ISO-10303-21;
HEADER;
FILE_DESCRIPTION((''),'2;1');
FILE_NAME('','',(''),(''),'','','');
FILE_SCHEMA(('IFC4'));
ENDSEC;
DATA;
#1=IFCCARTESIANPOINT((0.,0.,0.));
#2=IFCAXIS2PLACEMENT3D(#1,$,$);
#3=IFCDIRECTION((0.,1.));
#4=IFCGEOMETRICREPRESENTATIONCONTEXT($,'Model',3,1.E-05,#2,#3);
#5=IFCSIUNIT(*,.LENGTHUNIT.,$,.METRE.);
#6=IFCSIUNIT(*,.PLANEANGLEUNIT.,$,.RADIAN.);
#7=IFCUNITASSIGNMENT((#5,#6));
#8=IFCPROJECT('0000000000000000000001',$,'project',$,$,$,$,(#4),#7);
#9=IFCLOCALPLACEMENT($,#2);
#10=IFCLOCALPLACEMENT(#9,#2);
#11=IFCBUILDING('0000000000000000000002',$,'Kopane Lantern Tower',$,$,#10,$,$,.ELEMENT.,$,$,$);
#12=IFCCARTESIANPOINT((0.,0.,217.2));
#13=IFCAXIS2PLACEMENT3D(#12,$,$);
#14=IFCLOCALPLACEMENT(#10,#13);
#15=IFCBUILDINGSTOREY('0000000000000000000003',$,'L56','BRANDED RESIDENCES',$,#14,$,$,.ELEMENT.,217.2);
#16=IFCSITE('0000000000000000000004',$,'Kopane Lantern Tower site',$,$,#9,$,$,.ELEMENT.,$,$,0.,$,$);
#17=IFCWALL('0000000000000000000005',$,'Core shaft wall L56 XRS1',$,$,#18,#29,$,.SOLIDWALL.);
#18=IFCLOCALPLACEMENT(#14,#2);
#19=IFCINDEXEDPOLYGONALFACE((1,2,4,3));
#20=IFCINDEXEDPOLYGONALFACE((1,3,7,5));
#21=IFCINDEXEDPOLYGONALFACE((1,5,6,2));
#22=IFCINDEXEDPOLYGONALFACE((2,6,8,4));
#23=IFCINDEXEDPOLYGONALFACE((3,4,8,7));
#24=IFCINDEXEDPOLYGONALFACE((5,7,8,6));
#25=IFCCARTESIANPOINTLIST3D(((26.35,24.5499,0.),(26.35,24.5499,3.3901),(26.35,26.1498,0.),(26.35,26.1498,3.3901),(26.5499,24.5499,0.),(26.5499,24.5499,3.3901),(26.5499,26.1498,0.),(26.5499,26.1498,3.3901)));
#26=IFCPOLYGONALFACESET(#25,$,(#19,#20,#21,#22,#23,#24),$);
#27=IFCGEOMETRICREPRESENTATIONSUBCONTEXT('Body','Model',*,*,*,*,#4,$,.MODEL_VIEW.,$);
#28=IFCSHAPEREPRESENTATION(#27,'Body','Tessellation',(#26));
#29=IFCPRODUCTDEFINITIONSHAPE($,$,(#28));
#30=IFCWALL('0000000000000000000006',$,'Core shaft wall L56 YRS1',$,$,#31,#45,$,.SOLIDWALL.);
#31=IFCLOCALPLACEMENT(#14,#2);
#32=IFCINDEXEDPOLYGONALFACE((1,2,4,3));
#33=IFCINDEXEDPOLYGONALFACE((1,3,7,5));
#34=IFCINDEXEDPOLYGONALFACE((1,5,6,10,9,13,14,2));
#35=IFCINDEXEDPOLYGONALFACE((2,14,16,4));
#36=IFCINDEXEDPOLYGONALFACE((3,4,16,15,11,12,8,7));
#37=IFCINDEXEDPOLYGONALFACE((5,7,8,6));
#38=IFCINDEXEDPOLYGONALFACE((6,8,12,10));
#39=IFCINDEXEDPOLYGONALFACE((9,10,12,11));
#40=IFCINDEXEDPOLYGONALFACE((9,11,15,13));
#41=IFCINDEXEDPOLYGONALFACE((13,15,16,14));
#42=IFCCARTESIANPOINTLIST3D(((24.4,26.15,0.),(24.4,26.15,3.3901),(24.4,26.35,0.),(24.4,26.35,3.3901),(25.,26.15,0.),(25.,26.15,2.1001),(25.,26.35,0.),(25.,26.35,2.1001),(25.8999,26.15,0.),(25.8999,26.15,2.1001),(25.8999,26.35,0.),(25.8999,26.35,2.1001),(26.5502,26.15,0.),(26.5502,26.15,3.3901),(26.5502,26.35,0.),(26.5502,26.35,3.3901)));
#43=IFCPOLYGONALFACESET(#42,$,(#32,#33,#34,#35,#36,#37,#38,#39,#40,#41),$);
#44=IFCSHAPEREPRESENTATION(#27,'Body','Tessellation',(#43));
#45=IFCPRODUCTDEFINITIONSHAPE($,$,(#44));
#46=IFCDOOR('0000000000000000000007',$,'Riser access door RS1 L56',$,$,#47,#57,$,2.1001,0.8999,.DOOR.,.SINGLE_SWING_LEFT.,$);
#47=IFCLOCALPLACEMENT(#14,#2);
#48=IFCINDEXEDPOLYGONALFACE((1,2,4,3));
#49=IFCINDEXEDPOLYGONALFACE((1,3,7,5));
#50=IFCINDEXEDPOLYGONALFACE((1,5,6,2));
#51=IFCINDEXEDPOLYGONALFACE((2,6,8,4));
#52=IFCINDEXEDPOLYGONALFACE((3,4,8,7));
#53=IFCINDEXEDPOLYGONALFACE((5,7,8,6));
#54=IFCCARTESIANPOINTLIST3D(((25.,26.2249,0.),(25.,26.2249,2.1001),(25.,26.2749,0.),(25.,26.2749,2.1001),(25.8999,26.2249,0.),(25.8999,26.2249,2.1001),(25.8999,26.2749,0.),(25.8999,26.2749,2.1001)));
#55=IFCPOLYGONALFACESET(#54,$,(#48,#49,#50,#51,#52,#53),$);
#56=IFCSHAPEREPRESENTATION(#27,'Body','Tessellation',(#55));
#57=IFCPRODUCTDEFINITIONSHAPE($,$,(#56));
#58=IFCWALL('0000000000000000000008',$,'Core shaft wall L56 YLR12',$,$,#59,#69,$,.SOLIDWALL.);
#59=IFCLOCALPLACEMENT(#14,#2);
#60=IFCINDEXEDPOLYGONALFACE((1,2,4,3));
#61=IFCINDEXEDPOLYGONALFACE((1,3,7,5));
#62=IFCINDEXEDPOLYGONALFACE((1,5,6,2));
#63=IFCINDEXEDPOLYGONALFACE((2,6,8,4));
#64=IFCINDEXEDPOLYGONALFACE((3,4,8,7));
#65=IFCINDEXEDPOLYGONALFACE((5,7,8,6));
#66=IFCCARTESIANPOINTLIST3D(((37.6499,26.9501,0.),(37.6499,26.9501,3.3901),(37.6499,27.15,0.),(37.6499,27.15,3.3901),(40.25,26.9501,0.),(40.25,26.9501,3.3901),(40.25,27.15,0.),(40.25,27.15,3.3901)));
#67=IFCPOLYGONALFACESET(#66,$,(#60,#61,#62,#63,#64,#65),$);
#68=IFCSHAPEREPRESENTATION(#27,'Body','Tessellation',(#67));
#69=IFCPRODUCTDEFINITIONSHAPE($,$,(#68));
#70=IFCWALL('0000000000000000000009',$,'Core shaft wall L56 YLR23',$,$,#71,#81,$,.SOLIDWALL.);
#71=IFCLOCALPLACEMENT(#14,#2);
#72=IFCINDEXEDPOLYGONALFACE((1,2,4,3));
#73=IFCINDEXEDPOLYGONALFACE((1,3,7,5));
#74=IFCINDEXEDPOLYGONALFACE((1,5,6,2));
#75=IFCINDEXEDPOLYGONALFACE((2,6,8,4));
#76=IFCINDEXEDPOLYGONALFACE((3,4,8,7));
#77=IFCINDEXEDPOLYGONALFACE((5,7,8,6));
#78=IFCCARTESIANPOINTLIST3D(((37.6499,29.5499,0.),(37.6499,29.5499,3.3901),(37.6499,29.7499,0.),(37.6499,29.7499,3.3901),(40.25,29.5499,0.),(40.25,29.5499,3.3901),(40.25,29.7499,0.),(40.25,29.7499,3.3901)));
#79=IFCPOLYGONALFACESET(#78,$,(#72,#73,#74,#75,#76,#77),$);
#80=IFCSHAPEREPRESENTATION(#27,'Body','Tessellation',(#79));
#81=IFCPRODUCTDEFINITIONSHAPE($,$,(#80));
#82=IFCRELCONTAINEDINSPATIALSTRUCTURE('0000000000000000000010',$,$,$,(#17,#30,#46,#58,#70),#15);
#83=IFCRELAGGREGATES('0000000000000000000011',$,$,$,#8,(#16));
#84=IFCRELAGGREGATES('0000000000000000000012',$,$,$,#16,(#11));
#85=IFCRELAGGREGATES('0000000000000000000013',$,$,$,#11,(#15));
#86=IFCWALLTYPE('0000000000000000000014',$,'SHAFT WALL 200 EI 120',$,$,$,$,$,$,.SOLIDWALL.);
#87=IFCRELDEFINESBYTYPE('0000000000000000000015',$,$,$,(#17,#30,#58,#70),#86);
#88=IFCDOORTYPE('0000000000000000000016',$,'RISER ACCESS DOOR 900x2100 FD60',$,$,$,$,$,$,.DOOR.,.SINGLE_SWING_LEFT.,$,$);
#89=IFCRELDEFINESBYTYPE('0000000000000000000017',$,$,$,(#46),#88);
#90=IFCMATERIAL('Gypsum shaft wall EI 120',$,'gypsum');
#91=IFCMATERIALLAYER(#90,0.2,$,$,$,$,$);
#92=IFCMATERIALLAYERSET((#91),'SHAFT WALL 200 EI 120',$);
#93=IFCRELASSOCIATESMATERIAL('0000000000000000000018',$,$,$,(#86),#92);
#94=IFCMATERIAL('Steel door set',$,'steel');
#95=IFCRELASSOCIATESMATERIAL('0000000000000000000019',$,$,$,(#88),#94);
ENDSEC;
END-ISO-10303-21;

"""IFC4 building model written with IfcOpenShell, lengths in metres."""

from ifc_helpers import new_model, si_unit, direction, frame, frame_2d, origin, place, context, subcontext, project, spatial, rectangle, extrude, material, layer, layer_set, type_object, element, fill, save


model = new_model("IFC4")

# Units and contexts
model_context = context("Model", 3, precision=1e-05, world=origin(), true_north=direction((0.0, 1.0)))
body_context = subcontext(model_context, "Body", "Model", "MODEL_VIEW")
ifc_project = project(units=[si_unit("LENGTHUNIT", "METRE"), si_unit("PLANEANGLEUNIT", "RADIAN")], contexts=[model_context])

# Site, building, storey
site_placement = place(None, origin())
site = spatial("IfcSite", under=ifc_project, at=site_placement, Name="Kopane Lantern Tower site", CompositionType="ELEMENT", RefElevation=0.0)
building_placement = place(site_placement, origin())
building = spatial("IfcBuilding", under=site, at=building_placement, Name="Kopane Lantern Tower", CompositionType="ELEMENT")
storey_placement = place(building_placement, frame((0.0, 0.0, 217.2)))
storey = spatial("IfcBuildingStorey", under=building, at=storey_placement, Name="L56", Description="BRANDED RESIDENCES", CompositionType="ELEMENT", Elevation=217.2)

# Wall
ifc_material_1 = material(Name="Gypsum shaft wall EI 120", Category="gypsum")
ifc_layer_1 = layer(ifc_material_1, 0.2)
ifc_layer_set_1 = layer_set([ifc_layer_1], Name="SHAFT WALL 200 EI 120")
wall_type_1 = type_object("IfcWallType", Name="SHAFT WALL 200 EI 120", PredefinedType="SOLIDWALL", material=ifc_layer_set_1)
wall_1_placement = place(storey_placement, frame((26.45, 24.55, 0.0), z_axis=(0.0, 0.0, 1.0), x_axis=(0.0, 1.0, 0.0)))
element("IfcWall", 1, at=wall_1_placement, inside=storey, type_object=wall_type_1, Name="Core shaft wall L56 XRS1", PredefinedType="SOLIDWALL", context=body_context, shape_type="SweptSolid", body=[
    extrude(rectangle(XDim=1.5999, YDim=0.2, at=frame_2d((0.7998, 0.0))), origin(), (0.0, 0.0, 1.0), 3.3901),
])

# Wall, opening, door
wall_2_placement = place(storey_placement, frame((24.3999, 26.25, 0.0), z_axis=(0.0, 0.0, 1.0), x_axis=(1.0, 0.0, 0.0)))
wall_2 = element("IfcWall", 2, at=wall_2_placement, inside=storey, type_object=wall_type_1, Name="Core shaft wall L56 YRS1", PredefinedType="SOLIDWALL", context=body_context, shape_type="SweptSolid", body=[
    extrude(rectangle(XDim=2.1501, YDim=0.2, at=frame_2d((1.0752, 0.0))), origin(), (0.0, 0.0, 1.0), 3.3901),
])
opening_1_placement = place(wall_2_placement, frame((0.6001, 0.0, 0.0)))
opening_1 = element("IfcOpeningElement", 3, at=opening_1_placement, cuts=wall_2, PredefinedType="OPENING", context=body_context, shape_type="SweptSolid", body=[
    extrude(rectangle(XDim=0.8999, YDim=2.1001, at=frame_2d((0.45, 1.05))), frame((0.0, 0.1099, 0.0), z_axis=(0.0, -1.0, 0.0), x_axis=(1.0, 0.0, 0.0)), (0.0, 0.0, 1.0), 0.22),
])
ifc_material_2 = material(Name="Steel door set", Category="steel")
door_type_1 = type_object("IfcDoorType", Name="RISER ACCESS DOOR 900x2100 FD60", OperationType="SINGLE_SWING_LEFT", PredefinedType="DOOR", material=ifc_material_2)
door_1_placement = place(opening_1_placement, origin())
door_1 = element("IfcDoor", 4, at=door_1_placement, inside=storey, type_object=door_type_1, Name="Riser access door RS1 L56", OperationType="SINGLE_SWING_LEFT", OverallHeight=2.1001, OverallWidth=0.8999, PredefinedType="DOOR", context=body_context, shape_type="SweptSolid", body=[
    extrude(rectangle(XDim=0.8999, YDim=2.1001, at=frame_2d((0.45, 1.05))), frame((0.0, 0.0249, 0.0), z_axis=(0.0, -1.0, 0.0), x_axis=(1.0, 0.0, 0.0)), (0.0, 0.0, 1.0), 0.05),
])
fill(opening_1, door_1)

# Walls
for number, where, z_axis, x_axis, name in (
    (5, (37.6499, 27.05, 0.0), (0.0, 0.0, 1.0), (1.0, 0.0, 0.0), "Core shaft wall L56 YLR12"),
    (6, (37.6499, 29.6499, 0.0), (0.0, 0.0, 1.0), (1.0, 0.0, 0.0), "Core shaft wall L56 YLR23"),
):
    element("IfcWall", number, at=place(storey_placement, frame(where, z_axis=z_axis, x_axis=x_axis)), inside=storey, type_object=wall_type_1, Name=name, PredefinedType="SOLIDWALL", context=body_context, shape_type="SweptSolid", body=[
        extrude(rectangle(XDim=2.6001, YDim=0.2, at=frame_2d((1.3, 0.0))), origin(), (0.0, 0.0, 1.0), 3.3901),
    ])

save(model, "model.ifc")
